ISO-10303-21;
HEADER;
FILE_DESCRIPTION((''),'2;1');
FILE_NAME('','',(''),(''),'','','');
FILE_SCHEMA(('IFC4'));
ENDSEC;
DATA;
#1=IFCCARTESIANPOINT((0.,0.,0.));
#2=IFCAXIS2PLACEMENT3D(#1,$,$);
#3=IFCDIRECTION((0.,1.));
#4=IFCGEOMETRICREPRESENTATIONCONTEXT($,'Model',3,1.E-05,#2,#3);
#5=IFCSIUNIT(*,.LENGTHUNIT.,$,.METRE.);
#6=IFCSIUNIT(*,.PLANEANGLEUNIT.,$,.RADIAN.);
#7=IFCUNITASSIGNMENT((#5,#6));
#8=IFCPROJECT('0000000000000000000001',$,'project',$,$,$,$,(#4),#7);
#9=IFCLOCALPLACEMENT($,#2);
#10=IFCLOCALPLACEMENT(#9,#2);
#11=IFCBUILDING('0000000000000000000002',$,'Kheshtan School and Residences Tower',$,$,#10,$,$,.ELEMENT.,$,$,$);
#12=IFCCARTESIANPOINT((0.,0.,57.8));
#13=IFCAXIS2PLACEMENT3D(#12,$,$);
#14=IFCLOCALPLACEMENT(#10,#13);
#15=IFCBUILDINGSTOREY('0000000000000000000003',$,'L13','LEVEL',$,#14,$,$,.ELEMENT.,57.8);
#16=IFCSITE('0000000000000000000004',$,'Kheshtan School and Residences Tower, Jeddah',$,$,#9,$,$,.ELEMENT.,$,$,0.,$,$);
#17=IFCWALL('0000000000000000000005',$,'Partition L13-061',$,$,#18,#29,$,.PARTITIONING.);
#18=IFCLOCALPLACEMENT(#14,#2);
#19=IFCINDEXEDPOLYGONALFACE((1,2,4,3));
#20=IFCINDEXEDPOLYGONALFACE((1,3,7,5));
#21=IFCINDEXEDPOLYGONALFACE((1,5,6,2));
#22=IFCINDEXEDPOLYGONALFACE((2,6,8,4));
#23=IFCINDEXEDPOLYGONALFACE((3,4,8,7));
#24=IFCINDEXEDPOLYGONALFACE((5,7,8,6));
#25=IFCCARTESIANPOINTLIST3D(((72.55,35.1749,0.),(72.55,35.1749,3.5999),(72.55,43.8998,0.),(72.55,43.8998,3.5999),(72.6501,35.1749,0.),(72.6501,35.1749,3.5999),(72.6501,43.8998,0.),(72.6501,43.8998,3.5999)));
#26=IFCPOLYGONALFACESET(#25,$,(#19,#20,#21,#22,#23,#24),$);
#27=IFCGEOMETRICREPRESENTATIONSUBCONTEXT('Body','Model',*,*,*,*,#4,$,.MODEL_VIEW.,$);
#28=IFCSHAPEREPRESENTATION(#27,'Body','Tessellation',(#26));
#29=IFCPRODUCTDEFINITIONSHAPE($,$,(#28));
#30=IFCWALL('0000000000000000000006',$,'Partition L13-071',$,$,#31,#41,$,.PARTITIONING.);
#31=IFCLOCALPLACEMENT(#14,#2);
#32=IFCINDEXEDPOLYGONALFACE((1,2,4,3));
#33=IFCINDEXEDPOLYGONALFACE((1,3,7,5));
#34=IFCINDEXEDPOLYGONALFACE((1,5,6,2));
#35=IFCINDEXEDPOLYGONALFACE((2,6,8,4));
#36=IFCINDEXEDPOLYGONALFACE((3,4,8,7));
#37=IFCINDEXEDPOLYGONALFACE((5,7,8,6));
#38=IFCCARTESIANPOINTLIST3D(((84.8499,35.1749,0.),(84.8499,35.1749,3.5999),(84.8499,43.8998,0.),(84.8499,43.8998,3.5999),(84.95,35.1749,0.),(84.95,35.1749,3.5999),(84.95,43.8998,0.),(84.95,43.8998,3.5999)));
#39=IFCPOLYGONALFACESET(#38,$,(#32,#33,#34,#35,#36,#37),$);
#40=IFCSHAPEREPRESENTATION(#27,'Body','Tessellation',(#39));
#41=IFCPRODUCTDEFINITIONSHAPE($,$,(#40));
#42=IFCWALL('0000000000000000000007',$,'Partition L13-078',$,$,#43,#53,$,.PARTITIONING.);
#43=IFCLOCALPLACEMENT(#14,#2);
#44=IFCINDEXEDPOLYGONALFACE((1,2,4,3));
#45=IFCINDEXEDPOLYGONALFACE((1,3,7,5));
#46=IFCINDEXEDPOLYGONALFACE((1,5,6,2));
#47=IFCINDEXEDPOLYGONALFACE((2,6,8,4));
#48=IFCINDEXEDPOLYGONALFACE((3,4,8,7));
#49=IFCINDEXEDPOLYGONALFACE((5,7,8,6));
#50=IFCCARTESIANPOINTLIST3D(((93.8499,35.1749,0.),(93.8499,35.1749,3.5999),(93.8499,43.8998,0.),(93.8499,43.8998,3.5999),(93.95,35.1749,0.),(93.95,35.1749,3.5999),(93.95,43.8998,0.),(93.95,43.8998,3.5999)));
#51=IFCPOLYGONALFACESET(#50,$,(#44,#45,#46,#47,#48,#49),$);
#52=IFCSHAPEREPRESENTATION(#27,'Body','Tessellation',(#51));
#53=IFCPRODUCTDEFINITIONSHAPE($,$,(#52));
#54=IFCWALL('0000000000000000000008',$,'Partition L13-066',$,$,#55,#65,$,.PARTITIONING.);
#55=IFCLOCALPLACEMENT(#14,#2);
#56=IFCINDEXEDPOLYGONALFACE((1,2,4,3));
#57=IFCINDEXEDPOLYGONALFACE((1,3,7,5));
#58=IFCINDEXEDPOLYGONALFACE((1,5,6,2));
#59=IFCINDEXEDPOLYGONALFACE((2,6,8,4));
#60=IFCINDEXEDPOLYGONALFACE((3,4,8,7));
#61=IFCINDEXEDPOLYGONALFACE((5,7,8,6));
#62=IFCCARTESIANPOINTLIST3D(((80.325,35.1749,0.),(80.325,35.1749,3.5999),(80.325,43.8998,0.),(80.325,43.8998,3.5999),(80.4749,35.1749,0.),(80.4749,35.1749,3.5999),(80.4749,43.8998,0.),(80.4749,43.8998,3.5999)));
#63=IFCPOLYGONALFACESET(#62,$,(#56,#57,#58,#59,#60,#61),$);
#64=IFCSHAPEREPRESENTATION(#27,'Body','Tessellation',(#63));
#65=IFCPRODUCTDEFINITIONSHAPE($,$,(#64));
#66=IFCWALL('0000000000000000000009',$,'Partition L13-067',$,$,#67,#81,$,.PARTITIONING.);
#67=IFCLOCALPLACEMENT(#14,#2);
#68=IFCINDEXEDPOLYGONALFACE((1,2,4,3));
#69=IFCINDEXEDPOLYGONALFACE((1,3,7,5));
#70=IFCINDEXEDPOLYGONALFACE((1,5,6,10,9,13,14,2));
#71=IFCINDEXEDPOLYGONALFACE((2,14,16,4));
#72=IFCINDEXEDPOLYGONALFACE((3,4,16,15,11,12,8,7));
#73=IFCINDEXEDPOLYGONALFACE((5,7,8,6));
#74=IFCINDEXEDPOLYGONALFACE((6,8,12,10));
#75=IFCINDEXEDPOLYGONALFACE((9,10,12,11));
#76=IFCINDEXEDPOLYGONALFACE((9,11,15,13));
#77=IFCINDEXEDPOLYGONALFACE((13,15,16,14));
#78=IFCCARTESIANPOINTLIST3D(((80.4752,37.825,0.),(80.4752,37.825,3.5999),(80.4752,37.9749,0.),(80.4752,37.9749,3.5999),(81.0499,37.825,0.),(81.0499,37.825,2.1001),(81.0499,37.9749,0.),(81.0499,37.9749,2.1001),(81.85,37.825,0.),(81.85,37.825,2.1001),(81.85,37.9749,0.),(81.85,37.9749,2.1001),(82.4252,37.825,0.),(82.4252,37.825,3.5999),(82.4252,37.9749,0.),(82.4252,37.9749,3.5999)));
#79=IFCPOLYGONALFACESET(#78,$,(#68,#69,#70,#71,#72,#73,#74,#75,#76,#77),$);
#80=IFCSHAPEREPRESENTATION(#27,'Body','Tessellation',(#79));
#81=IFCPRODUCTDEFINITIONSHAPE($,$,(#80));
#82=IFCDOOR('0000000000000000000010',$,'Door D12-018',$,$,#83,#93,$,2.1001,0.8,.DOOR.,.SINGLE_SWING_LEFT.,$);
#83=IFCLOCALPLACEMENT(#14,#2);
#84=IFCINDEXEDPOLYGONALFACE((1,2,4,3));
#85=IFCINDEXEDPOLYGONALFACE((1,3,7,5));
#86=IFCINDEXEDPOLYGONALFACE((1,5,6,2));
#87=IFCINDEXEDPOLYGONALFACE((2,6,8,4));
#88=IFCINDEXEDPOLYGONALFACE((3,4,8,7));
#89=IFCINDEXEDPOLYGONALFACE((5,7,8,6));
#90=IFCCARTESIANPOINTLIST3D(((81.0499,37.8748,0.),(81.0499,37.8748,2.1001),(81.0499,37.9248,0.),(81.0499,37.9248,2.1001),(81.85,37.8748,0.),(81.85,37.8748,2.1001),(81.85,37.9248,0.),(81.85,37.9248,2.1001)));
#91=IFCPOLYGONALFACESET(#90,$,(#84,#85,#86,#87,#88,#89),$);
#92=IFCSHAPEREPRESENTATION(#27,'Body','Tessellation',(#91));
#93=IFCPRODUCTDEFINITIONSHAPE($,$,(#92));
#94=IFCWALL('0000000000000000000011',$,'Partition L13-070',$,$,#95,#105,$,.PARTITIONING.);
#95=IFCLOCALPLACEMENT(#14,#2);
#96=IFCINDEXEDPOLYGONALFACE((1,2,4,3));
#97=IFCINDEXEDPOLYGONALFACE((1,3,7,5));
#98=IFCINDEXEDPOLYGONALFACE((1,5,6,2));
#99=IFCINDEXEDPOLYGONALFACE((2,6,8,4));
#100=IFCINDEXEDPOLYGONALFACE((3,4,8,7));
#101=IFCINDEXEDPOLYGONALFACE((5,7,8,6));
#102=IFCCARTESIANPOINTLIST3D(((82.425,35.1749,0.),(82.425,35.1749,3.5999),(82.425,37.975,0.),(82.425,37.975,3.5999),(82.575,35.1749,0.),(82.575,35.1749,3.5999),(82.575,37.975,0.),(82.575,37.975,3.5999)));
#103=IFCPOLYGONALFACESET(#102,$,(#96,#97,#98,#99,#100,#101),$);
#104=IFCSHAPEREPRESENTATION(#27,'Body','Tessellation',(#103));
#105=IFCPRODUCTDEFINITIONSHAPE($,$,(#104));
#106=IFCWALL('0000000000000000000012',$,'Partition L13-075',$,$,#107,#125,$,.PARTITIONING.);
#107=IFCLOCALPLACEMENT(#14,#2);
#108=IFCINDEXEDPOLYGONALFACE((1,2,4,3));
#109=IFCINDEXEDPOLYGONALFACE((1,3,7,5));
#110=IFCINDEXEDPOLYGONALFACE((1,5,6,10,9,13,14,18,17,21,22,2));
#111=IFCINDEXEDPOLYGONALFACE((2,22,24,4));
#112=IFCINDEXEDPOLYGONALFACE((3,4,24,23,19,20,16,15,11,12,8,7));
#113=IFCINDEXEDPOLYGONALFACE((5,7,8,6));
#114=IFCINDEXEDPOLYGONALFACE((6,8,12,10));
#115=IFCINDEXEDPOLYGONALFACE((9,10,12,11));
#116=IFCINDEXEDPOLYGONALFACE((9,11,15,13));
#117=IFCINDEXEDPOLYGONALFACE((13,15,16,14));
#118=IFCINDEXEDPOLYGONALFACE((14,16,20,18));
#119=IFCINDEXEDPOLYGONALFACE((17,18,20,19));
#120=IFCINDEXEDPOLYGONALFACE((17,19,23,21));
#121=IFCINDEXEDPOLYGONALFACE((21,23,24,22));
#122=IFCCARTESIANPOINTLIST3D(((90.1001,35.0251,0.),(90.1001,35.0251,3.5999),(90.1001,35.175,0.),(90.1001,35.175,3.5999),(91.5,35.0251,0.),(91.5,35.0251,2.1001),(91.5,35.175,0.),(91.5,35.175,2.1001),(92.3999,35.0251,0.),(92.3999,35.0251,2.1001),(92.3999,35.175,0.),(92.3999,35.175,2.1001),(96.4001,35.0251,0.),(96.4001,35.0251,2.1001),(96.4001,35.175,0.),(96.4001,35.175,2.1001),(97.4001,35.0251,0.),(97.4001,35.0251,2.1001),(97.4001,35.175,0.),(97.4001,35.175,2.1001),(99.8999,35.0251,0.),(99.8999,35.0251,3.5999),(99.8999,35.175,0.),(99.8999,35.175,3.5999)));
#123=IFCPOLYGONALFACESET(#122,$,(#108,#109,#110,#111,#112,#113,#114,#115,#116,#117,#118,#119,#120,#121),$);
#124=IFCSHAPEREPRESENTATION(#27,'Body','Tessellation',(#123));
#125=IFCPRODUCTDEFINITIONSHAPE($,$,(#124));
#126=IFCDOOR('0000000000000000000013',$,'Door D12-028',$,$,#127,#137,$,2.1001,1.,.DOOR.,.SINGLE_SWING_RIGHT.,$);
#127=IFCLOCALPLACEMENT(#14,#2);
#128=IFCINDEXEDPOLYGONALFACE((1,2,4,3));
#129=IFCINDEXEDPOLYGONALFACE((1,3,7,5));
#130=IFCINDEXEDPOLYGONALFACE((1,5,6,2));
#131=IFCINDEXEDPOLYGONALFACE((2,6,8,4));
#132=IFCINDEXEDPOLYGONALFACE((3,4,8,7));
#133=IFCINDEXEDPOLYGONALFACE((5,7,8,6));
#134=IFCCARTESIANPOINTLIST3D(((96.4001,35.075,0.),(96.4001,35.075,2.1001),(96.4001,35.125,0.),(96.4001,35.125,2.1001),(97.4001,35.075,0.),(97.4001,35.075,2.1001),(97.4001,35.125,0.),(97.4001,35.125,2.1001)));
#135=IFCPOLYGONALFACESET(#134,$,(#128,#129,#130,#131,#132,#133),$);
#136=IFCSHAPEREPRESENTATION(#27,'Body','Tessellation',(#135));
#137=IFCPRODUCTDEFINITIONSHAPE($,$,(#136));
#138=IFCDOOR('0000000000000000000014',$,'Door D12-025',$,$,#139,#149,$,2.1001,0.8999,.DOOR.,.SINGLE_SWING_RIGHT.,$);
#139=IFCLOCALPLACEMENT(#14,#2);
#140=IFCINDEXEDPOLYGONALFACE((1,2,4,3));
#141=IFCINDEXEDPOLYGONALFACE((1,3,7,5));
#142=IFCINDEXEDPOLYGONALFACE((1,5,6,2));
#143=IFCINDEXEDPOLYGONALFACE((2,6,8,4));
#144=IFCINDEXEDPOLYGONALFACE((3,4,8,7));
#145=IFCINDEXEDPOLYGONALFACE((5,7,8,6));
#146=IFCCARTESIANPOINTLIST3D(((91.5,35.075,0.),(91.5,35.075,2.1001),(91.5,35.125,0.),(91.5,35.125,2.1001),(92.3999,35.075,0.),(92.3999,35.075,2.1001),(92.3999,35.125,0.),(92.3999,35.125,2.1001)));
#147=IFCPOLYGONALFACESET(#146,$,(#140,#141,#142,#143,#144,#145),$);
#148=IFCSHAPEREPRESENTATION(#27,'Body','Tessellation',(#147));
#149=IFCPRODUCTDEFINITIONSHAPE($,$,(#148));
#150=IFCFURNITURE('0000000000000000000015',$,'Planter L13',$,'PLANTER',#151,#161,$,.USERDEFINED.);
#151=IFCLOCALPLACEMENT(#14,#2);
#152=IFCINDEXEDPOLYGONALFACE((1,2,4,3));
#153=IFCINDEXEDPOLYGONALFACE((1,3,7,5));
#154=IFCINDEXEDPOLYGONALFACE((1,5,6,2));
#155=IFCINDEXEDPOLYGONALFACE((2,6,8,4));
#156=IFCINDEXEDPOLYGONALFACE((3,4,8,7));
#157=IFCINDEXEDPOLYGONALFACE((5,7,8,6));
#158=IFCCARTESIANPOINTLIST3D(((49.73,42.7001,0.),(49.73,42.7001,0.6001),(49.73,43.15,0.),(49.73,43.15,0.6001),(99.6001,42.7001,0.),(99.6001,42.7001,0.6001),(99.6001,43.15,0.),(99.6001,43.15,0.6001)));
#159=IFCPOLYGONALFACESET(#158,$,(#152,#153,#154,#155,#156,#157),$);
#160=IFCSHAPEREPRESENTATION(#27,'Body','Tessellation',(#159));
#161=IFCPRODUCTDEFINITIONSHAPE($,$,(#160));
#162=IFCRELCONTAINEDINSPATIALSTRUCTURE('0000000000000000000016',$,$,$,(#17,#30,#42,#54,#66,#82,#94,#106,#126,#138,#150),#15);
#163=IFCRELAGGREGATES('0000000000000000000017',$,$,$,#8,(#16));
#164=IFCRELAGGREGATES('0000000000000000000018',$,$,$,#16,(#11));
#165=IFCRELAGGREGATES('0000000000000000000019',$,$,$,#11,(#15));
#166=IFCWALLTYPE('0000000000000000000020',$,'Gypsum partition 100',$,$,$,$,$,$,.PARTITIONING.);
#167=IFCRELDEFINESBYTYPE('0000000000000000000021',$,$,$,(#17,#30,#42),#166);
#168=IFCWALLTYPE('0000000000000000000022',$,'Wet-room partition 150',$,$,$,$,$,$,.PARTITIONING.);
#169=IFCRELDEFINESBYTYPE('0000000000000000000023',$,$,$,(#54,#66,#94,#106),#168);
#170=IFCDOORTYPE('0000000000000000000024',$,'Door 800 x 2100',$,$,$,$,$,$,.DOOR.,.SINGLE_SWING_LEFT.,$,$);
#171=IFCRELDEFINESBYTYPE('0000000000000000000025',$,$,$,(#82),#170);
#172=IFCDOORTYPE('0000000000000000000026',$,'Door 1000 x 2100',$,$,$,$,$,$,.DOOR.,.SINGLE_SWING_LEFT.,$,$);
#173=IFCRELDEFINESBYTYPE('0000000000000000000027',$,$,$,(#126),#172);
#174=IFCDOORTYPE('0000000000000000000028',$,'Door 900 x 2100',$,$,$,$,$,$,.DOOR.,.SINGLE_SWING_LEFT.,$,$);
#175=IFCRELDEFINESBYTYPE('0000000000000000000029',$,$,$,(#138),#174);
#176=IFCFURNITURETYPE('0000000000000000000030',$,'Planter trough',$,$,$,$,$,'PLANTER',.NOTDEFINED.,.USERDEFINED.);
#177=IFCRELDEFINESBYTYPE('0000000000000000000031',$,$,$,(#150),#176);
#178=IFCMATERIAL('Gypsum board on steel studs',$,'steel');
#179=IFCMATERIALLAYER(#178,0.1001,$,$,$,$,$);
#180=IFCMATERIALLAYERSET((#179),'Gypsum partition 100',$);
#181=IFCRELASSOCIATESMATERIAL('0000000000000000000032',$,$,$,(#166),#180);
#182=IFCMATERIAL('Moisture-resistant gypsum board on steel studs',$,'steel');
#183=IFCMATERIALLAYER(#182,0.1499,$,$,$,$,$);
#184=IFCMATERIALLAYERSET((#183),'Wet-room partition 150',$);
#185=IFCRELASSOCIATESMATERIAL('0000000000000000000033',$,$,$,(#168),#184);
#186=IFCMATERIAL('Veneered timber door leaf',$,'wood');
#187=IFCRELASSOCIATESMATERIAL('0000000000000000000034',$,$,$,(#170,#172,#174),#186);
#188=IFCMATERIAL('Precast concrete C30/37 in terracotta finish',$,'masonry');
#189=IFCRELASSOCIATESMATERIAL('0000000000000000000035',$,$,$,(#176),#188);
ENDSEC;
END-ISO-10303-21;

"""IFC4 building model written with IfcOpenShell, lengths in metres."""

from ifc_helpers import new_model, si_unit, direction, frame, frame_2d, origin, origin_2d, place, context, subcontext, project, spatial, rectangle, extrude, source, transform, mapped, material, layer, layer_set, type_object, element, fill, save


model = new_model("IFC4")

# Units and contexts
model_context = context("Model", 3, precision=1e-05, world=origin(), true_north=direction((0.0, 1.0)))
body_context = subcontext(model_context, "Body", "Model", "MODEL_VIEW")
ifc_project = project(units=[si_unit("LENGTHUNIT", "METRE"), si_unit("PLANEANGLEUNIT", "RADIAN")], contexts=[model_context])

# Site, building, storey
site_placement = place(None, origin())
site = spatial("IfcSite", under=ifc_project, at=site_placement, Name="Kheshtan School and Residences Tower, Jeddah", CompositionType="ELEMENT", RefElevation=0.0)
building_placement = place(site_placement, origin())
building = spatial("IfcBuilding", under=site, at=building_placement, Name="Kheshtan School and Residences Tower", CompositionType="ELEMENT")
storey_placement = place(building_placement, frame((0.0, 0.0, 57.8)))
storey = spatial("IfcBuildingStorey", under=building, at=storey_placement, Name="L13", Description="LEVEL", CompositionType="ELEMENT", Elevation=57.8)

# Walls
ifc_material_1 = material(Name="Gypsum board on steel studs", Category="steel")
ifc_layer_1 = layer(ifc_material_1, 0.1001)
ifc_layer_set_1 = layer_set([ifc_layer_1], Name="Gypsum partition 100")
wall_type_1 = type_object("IfcWallType", Name="Gypsum partition 100", PredefinedType="PARTITIONING", material=ifc_layer_set_1)
for number, where, z_axis, x_axis, name in (
    (1, (72.6001, 35.175, 0.0), (0.0, 0.0, 1.0), (0.0, 1.0, 0.0), "Partition L13-061"),
    (2, (84.8999, 35.175, 0.0), (0.0, 0.0, 1.0), (0.0, 1.0, 0.0), "Partition L13-071"),
    (3, (93.8999, 35.175, 0.0), (0.0, 0.0, 1.0), (0.0, 1.0, 0.0), "Partition L13-078"),
):
    element("IfcWall", number, at=place(storey_placement, frame(where, z_axis=z_axis, x_axis=x_axis)), inside=storey, type_object=wall_type_1, Name=name, PredefinedType="PARTITIONING", context=body_context, shape_type="SweptSolid", body=[
        extrude(rectangle(XDim=8.7249, YDim=0.1001, at=frame_2d((4.3623, 0.0))), origin(), (0.0, 0.0, 1.0), 3.5999),
    ])
ifc_material_2 = material(Name="Moisture-resistant gypsum board on steel studs", Category="steel")
ifc_layer_2 = layer(ifc_material_2, 0.1499)
ifc_layer_set_2 = layer_set([ifc_layer_2], Name="Wet-room partition 150")
wall_type_2 = type_object("IfcWallType", Name="Wet-room partition 150", PredefinedType="PARTITIONING", material=ifc_layer_set_2)
wall_1_placement = place(storey_placement, frame((80.3999, 35.175, 0.0), z_axis=(0.0, 0.0, 1.0), x_axis=(0.0, 1.0, 0.0)))
element("IfcWall", 4, at=wall_1_placement, inside=storey, type_object=wall_type_2, Name="Partition L13-066", PredefinedType="PARTITIONING", context=body_context, shape_type="SweptSolid", body=[
    extrude(rectangle(XDim=8.7249, YDim=0.1499, at=frame_2d((4.3623, 0.0))), origin(), (0.0, 0.0, 1.0), 3.5999),
])

# Wall, opening, door
wall_2_placement = place(storey_placement, frame((80.4751, 37.8999, 0.0), z_axis=(0.0, 0.0, 1.0), x_axis=(1.0, 0.0, 0.0)))
wall_2 = element("IfcWall", 5, at=wall_2_placement, inside=storey, type_object=wall_type_2, Name="Partition L13-067", PredefinedType="PARTITIONING", context=body_context, shape_type="SweptSolid", body=[
    extrude(rectangle(XDim=1.95, YDim=0.1499, at=frame_2d((0.9751, 0.0))), origin(), (0.0, 0.0, 1.0), 3.5999),
])
opening_1_placement = place(wall_2_placement, frame((0.575, 0.0, 0.0)))
opening_1 = element("IfcOpeningElement", 6, at=opening_1_placement, cuts=wall_2, PredefinedType="OPENING", context=body_context, shape_type="SweptSolid", body=[
    extrude(rectangle(XDim=0.8, YDim=2.1001, at=frame_2d((0.3999, 1.05))), frame((0.0, 0.085, 0.0), z_axis=(0.0, -1.0, 0.0), x_axis=(1.0, 0.0, 0.0)), (0.0, 0.0, 1.0), 0.1699),
])
ifc_material_3 = material(Name="Veneered timber door leaf", Category="wood")
door_type_1 = type_object("IfcDoorType", Name="Door 800 x 2100", OperationType="SINGLE_SWING_LEFT", PredefinedType="DOOR", material=ifc_material_3)
shared_shape_1 = source(origin(), body_context, "Body", "SweptSolid", [
    extrude(rectangle(XDim=0.8, YDim=2.1001, at=frame_2d((0.3999, 1.05))), frame((0.0, 0.0249, 0.0), z_axis=(0.0, -1.0, 0.0), x_axis=(1.0, 0.0, 0.0)), (0.0, 0.0, 1.0), 0.05),
])
door_1_placement = place(opening_1_placement, origin())
door_1 = element("IfcDoor", 7, at=door_1_placement, inside=storey, type_object=door_type_1, Name="Door D12-018", OperationType="SINGLE_SWING_LEFT", OverallHeight=2.1001, OverallWidth=0.8, PredefinedType="DOOR", context=body_context, shape_type="MappedRepresentation", body=[
    mapped(shared_shape_1, transform((0.0, 0.0, 0.0), x_axis=(1.0, 0.0, 0.0), y_axis=(0.0, 1.0, 0.0), z_axis=(0.0, 0.0, 1.0), scale=1.0)),
])
fill(opening_1, door_1)

# Wall
wall_3_placement = place(storey_placement, frame((82.5, 35.175, 0.0), z_axis=(0.0, 0.0, 1.0), x_axis=(0.0, 1.0, 0.0)))
element("IfcWall", 8, at=wall_3_placement, inside=storey, type_object=wall_type_2, Name="Partition L13-070", PredefinedType="PARTITIONING", context=body_context, shape_type="SweptSolid", body=[
    extrude(rectangle(XDim=2.8, YDim=0.1499, at=frame_2d((1.3999, 0.0))), origin(), (0.0, 0.0, 1.0), 3.5999),
])

# Wall, openings, doors
wall_4_placement = place(storey_placement, frame((90.1001, 35.1001, 0.0), z_axis=(0.0, 0.0, 1.0), x_axis=(1.0, 0.0, 0.0)))
wall_4 = element("IfcWall", 9, at=wall_4_placement, inside=storey, type_object=wall_type_2, Name="Partition L13-075", PredefinedType="PARTITIONING", context=body_context, shape_type="SweptSolid", body=[
    extrude(rectangle(XDim=9.7998, YDim=0.1499, at=frame_2d((4.8999, 0.0))), origin(), (0.0, 0.0, 1.0), 3.5999),
])
opening_2_placement = place(wall_4_placement, frame((1.3999, 0.0, 0.0)))
opening_2 = element("IfcOpeningElement", 10, at=opening_2_placement, cuts=wall_4, PredefinedType="OPENING", context=body_context, shape_type="SweptSolid", body=[
    extrude(rectangle(XDim=0.8999, YDim=2.1001, at=frame_2d((0.45, 1.05))), frame((0.0, 0.085, 0.0), z_axis=(0.0, -1.0, 0.0), x_axis=(1.0, 0.0, 0.0)), (0.0, 0.0, 1.0), 0.1699),
])
opening_3_placement = place(wall_4_placement, frame((6.3, 0.0, 0.0)))
opening_3 = element("IfcOpeningElement", 11, at=opening_3_placement, cuts=wall_4, PredefinedType="OPENING", context=body_context, shape_type="SweptSolid", body=[
    extrude(rectangle(XDim=1.0, YDim=2.1001, at=frame_2d((0.5, 1.05))), frame((0.0, 0.085, 0.0), z_axis=(0.0, -1.0, 0.0), x_axis=(1.0, 0.0, 0.0)), (0.0, 0.0, 1.0), 0.1699),
])
door_type_2 = type_object("IfcDoorType", Name="Door 1000 x 2100", OperationType="SINGLE_SWING_LEFT", PredefinedType="DOOR", material=ifc_material_3)
shared_shape_2 = source(origin(), body_context, "Body", "SweptSolid", [
    extrude(rectangle(XDim=1.0, YDim=2.1001, at=frame_2d((0.5, 1.05))), frame((0.0, 0.0249, 0.0), z_axis=(0.0, -1.0, 0.0), x_axis=(1.0, 0.0, 0.0)), (0.0, 0.0, 1.0), 0.05),
])
door_2_placement = place(opening_3_placement, origin())
door_2 = element("IfcDoor", 12, at=door_2_placement, inside=storey, type_object=door_type_2, Name="Door D12-028", OperationType="SINGLE_SWING_RIGHT", OverallHeight=2.1001, OverallWidth=1.0, PredefinedType="DOOR", context=body_context, shape_type="MappedRepresentation", body=[
    mapped(shared_shape_2, transform((0.0, 0.0, 0.0), x_axis=(1.0, 0.0, 0.0), y_axis=(0.0, 1.0, 0.0), z_axis=(0.0, 0.0, 1.0), scale=1.0)),
])
fill(opening_3, door_2)
door_type_3 = type_object("IfcDoorType", Name="Door 900 x 2100", OperationType="SINGLE_SWING_LEFT", PredefinedType="DOOR", material=ifc_material_3)
shared_shape_3 = source(origin(), body_context, "Body", "SweptSolid", [
    extrude(rectangle(XDim=0.8999, YDim=2.1001, at=frame_2d((0.45, 1.05))), frame((0.0, 0.0249, 0.0), z_axis=(0.0, -1.0, 0.0), x_axis=(1.0, 0.0, 0.0)), (0.0, 0.0, 1.0), 0.05),
])
door_3_placement = place(opening_2_placement, origin())
door_3 = element("IfcDoor", 13, at=door_3_placement, inside=storey, type_object=door_type_3, Name="Door D12-025", OperationType="SINGLE_SWING_RIGHT", OverallHeight=2.1001, OverallWidth=0.8999, PredefinedType="DOOR", context=body_context, shape_type="MappedRepresentation", body=[
    mapped(shared_shape_3, transform((0.0, 0.0, 0.0), x_axis=(1.0, 0.0, 0.0), y_axis=(0.0, 1.0, 0.0), z_axis=(0.0, 0.0, 1.0), scale=1.0)),
])
fill(opening_2, door_3)

# Furniture
ifc_material_4 = material(Name="Precast concrete C30/37 in terracotta finish", Category="masonry")
furniture_type = type_object("IfcFurnitureType", Name="Planter trough", ElementType="PLANTER", AssemblyPlace="NOTDEFINED", PredefinedType="USERDEFINED", material=ifc_material_4)
furniture_placement = place(storey_placement, frame((74.665, 42.925, 0.0), z_axis=(0.0, 0.0, 1.0), x_axis=(1.0, 0.0, 0.0)))
element("IfcFurniture", 14, at=furniture_placement, inside=storey, type_object=furniture_type, Name="Planter L13", ObjectType="PLANTER", PredefinedType="USERDEFINED", context=body_context, shape_type="SweptSolid", body=[
    extrude(rectangle(XDim=49.8701, YDim=0.45, at=origin_2d()), origin(), (0.0, 0.0, 1.0), 0.6001),
])

save(model, "model.ifc")
